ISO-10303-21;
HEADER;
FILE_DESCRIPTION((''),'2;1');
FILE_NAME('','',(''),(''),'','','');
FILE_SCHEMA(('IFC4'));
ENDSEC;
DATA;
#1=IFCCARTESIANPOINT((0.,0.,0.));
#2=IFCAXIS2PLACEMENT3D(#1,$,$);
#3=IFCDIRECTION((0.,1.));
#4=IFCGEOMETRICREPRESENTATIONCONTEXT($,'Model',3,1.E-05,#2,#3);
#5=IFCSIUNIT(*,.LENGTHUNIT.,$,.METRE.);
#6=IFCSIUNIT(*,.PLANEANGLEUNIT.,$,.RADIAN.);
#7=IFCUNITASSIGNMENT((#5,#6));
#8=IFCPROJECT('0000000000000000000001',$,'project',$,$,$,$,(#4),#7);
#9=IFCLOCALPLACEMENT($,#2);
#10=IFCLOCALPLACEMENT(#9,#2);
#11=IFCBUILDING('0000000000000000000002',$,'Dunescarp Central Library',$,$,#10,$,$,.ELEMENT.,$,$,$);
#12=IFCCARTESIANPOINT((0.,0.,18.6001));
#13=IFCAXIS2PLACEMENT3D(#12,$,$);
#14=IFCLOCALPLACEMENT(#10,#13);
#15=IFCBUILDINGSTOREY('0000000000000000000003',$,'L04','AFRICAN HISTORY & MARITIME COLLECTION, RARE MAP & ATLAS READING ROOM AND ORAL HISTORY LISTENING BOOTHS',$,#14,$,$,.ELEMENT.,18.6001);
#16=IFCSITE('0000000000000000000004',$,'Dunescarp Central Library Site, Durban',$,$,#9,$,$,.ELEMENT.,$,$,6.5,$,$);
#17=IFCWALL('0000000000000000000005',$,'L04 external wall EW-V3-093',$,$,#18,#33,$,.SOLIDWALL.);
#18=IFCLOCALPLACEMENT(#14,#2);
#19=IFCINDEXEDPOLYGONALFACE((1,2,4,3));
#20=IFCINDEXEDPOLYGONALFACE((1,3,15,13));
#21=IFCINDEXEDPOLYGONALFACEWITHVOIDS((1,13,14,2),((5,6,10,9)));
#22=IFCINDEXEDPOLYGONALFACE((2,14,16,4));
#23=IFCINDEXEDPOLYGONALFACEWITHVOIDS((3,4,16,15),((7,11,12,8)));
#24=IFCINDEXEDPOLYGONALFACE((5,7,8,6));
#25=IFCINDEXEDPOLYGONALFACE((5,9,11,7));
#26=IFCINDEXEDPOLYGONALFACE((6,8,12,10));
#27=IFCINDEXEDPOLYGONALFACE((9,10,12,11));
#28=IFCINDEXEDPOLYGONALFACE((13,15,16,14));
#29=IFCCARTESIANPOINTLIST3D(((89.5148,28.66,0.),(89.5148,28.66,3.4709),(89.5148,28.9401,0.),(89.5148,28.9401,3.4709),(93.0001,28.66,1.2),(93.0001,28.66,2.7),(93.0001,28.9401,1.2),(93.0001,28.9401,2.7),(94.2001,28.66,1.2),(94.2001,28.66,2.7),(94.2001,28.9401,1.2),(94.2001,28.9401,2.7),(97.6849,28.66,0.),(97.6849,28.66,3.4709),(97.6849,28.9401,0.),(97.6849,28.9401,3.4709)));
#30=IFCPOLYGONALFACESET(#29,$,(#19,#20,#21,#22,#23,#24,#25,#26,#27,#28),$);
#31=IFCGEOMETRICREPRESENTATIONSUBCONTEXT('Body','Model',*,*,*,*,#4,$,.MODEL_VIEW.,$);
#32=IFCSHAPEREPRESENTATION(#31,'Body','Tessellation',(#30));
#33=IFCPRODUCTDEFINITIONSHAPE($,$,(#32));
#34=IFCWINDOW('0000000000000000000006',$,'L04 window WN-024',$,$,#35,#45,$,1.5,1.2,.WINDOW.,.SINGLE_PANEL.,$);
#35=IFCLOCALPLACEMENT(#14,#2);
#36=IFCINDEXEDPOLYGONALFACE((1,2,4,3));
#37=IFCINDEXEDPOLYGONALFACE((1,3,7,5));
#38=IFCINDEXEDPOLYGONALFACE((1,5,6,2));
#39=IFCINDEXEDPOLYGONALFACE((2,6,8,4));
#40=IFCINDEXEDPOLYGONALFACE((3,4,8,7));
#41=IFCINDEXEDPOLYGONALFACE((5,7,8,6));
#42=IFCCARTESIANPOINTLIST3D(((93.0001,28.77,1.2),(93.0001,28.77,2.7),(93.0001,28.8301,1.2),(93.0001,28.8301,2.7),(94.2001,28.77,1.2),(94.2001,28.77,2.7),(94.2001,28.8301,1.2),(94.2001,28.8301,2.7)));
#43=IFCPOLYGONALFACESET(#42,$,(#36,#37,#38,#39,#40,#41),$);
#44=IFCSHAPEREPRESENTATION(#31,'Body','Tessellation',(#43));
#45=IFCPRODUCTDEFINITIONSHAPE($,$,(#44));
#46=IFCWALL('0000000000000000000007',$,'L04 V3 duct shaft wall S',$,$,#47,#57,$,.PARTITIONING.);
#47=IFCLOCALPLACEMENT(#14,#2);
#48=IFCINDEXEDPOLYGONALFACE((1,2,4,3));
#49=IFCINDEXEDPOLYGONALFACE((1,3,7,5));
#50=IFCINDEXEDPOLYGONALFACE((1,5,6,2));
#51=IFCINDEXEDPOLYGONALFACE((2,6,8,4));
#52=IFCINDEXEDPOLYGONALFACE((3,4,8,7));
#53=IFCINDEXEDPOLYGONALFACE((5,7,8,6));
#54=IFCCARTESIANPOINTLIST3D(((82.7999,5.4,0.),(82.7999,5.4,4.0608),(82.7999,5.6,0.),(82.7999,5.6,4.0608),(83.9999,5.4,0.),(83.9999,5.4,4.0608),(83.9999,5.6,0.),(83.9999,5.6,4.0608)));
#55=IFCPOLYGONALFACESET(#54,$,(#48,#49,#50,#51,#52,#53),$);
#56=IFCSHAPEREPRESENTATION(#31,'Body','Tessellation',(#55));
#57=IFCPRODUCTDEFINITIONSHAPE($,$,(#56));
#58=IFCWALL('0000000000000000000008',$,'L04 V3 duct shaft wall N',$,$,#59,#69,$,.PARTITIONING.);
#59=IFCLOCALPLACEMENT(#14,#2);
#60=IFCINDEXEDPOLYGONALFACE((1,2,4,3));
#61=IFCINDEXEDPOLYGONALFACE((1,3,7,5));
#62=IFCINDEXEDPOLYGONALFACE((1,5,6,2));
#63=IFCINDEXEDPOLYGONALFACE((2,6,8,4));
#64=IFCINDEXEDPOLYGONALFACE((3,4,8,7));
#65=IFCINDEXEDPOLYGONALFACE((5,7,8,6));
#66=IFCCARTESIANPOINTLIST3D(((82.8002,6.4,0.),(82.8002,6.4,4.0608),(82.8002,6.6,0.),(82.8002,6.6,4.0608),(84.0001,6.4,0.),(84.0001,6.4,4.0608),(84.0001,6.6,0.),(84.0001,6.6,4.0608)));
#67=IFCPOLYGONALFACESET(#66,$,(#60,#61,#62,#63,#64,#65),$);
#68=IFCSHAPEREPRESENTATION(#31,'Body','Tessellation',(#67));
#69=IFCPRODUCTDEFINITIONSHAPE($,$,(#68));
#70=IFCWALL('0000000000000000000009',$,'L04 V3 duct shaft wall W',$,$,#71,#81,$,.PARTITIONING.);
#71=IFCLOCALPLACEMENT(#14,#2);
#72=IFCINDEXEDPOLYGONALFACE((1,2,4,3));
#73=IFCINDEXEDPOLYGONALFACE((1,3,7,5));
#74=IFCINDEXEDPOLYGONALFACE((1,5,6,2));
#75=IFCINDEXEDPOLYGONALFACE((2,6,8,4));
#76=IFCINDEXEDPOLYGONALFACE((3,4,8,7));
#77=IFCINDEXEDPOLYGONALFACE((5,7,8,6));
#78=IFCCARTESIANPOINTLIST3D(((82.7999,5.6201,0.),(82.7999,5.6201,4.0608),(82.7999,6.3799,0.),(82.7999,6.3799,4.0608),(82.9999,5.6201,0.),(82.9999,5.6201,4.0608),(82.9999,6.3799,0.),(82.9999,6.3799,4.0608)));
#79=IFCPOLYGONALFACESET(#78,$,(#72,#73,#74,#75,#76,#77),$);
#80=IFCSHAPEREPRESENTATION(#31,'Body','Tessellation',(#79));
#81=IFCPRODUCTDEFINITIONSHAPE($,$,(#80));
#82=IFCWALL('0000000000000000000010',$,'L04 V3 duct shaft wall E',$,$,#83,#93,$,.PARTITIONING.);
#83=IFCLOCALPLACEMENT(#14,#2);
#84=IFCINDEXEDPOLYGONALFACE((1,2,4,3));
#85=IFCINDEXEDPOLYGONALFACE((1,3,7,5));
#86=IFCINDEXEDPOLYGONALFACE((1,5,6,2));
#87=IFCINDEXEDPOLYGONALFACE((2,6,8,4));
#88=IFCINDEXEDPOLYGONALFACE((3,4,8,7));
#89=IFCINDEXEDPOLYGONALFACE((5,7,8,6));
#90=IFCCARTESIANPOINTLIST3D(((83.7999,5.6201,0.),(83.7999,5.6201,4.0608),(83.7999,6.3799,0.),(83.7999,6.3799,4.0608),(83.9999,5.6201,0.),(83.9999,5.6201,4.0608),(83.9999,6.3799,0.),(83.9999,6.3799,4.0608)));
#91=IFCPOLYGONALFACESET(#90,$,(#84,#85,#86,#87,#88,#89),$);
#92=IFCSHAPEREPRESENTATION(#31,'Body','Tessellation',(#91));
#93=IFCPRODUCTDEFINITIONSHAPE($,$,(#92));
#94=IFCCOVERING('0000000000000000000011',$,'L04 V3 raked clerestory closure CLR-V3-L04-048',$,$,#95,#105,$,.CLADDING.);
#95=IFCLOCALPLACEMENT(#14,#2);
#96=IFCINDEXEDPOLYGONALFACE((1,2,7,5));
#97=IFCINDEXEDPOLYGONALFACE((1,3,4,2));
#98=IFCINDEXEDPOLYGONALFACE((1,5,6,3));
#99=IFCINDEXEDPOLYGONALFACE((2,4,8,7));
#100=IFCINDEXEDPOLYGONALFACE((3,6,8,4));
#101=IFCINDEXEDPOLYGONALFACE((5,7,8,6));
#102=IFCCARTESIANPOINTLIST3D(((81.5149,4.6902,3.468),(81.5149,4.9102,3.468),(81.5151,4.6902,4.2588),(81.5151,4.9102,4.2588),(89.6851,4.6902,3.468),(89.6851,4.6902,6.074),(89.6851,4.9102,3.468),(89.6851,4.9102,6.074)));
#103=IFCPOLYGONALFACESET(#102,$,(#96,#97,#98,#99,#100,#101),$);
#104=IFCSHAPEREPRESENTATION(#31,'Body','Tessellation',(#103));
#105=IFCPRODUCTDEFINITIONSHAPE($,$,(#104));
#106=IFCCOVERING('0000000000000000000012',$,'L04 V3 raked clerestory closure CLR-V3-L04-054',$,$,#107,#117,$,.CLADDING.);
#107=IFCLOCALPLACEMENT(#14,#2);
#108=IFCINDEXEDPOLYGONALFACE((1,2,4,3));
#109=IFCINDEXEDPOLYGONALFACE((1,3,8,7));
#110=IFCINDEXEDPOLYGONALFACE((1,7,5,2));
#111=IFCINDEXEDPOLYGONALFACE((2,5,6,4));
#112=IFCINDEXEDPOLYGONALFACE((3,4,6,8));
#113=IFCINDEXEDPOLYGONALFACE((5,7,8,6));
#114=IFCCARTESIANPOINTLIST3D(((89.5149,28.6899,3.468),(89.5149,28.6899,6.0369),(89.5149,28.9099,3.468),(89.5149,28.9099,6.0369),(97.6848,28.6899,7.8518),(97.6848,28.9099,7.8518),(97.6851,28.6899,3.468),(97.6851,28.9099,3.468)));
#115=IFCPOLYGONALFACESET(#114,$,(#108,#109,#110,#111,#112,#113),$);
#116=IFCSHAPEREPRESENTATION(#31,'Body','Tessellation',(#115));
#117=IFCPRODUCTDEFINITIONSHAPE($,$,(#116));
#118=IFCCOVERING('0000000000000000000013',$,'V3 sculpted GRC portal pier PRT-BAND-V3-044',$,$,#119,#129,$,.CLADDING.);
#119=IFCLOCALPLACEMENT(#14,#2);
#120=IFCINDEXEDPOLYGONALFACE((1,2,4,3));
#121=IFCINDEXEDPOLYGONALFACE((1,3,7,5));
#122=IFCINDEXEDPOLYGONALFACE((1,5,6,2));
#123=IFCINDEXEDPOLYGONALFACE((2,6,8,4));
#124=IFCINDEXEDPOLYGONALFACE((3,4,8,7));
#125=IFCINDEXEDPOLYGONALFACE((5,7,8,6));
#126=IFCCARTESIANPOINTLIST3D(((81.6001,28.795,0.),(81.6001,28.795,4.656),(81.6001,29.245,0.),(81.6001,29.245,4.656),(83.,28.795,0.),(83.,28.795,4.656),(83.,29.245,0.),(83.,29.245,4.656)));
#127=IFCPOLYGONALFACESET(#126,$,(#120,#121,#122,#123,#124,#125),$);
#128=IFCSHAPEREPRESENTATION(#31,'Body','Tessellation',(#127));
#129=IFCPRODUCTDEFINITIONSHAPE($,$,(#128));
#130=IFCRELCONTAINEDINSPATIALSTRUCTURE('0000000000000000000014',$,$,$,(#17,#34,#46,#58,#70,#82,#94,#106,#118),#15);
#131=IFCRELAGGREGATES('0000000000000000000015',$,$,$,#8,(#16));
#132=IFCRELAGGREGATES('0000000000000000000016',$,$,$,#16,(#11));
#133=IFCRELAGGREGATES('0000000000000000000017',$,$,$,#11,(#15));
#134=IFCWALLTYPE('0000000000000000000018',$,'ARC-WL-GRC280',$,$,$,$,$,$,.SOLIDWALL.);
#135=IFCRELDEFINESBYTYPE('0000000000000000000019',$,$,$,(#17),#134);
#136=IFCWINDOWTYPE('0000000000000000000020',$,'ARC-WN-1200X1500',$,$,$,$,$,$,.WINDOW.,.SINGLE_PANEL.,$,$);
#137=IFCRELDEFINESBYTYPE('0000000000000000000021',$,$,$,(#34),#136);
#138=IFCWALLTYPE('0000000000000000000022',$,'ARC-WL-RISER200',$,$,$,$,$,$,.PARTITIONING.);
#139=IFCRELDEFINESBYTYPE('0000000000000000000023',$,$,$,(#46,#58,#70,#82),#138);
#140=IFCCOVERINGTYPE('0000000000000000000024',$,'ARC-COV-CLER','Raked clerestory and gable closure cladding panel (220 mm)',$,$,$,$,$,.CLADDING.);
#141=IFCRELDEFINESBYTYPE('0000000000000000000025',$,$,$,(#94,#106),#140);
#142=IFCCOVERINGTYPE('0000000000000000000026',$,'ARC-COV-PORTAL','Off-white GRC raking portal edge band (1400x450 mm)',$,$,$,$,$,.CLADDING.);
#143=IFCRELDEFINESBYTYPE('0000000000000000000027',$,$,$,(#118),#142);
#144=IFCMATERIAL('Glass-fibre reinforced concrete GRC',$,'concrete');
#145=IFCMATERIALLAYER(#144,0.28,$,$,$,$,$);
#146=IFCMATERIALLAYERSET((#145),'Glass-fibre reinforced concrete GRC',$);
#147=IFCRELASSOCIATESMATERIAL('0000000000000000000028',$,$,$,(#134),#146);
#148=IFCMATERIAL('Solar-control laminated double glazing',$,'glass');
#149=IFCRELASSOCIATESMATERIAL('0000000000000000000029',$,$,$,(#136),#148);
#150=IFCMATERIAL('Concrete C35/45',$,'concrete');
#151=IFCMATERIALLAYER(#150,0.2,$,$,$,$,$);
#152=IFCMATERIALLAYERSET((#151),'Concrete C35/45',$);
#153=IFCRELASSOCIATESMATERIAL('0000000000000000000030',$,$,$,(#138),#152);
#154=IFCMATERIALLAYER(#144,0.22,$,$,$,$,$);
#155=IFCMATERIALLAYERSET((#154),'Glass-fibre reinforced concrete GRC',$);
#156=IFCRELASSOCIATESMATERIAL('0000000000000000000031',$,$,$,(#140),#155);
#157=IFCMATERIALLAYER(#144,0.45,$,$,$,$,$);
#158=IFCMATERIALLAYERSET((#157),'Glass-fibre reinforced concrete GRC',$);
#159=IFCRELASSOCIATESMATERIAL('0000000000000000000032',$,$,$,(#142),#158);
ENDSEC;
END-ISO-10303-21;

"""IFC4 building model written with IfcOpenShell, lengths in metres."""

from ifc_helpers import new_model, si_unit, direction, frame, frame_2d, origin, origin_2d, place, context, subcontext, project, spatial, polyline, rectangle, outline, extrude, material, layer, layer_set, type_object, element, fill, save


model = new_model("IFC4")

# Units and contexts
model_context = context("Model", 3, precision=1e-05, world=origin(), true_north=direction((0.0, 1.0)))
body_context = subcontext(model_context, "Body", "Model", "MODEL_VIEW")
ifc_project = project(units=[si_unit("LENGTHUNIT", "METRE"), si_unit("PLANEANGLEUNIT", "RADIAN")], contexts=[model_context])

# Site, building, storey
site_placement = place(None, origin())
site = spatial("IfcSite", under=ifc_project, at=site_placement, Name="Dunescarp Central Library Site, Durban", CompositionType="ELEMENT", RefElevation=6.5)
building_placement = place(site_placement, origin())
building = spatial("IfcBuilding", under=site, at=building_placement, Name="Dunescarp Central Library", CompositionType="ELEMENT")
storey_placement = place(building_placement, frame((0.0, 0.0, 18.6001)))
storey = spatial("IfcBuildingStorey", under=building, at=storey_placement, Name="L04", Description="AFRICAN HISTORY & MARITIME COLLECTION, RARE MAP & ATLAS READING ROOM AND ORAL HISTORY LISTENING BOOTHS", CompositionType="ELEMENT", Elevation=18.6001)

# Wall, opening, window
ifc_material_1 = material(Name="Glass-fibre reinforced concrete GRC", Category="concrete")
ifc_layer_1 = layer(ifc_material_1, 0.28)
ifc_layer_set_1 = layer_set([ifc_layer_1], Name="Glass-fibre reinforced concrete GRC")
wall_type_1 = type_object("IfcWallType", Name="ARC-WL-GRC280", PredefinedType="SOLIDWALL", material=ifc_layer_set_1)
ifc_material_2 = material(Name="Solar-control laminated double glazing", Category="glass")
wall_1_placement = place(storey_placement, frame((89.5149, 28.8, 0.0), z_axis=(0.0, 0.0, 1.0), x_axis=(1.0, 0.0, 0.0)))
wall_1 = element("IfcWall", 1, at=wall_1_placement, inside=storey, type_object=wall_type_1, Name="L04 external wall EW-V3-093", PredefinedType="SOLIDWALL", context=body_context, shape_type="SweptSolid", body=[
    extrude(rectangle(XDim=8.1702, YDim=0.28, at=frame_2d((4.085, 0.0))), origin(), (0.0, 0.0, 1.0), 3.4709),
])
opening_1_placement = place(wall_1_placement, frame((3.4851, 0.0, 1.2)))
opening_1 = element("IfcOpeningElement", 2, at=opening_1_placement, cuts=wall_1, PredefinedType="OPENING", context=body_context, shape_type="SweptSolid", body=[
    extrude(rectangle(XDim=1.2, YDim=1.5, at=frame_2d((0.6001, 0.75))), frame((0.0, 0.1499, 0.0), z_axis=(0.0, -1.0, 0.0), x_axis=(1.0, 0.0, 0.0)), (0.0, 0.0, 1.0), 0.3),
])
window_type_1 = type_object("IfcWindowType", Name="ARC-WN-1200X1500", PartitioningType="SINGLE_PANEL", PredefinedType="WINDOW", material=ifc_material_2)
window_1_placement = place(opening_1_placement, origin())
window_1 = element("IfcWindow", 3, at=window_1_placement, inside=storey, type_object=window_type_1, Name="L04 window WN-024", OverallHeight=1.5, OverallWidth=1.2, PartitioningType="SINGLE_PANEL", PredefinedType="WINDOW", context=body_context, shape_type="SweptSolid", body=[
    extrude(rectangle(XDim=1.2, YDim=1.5, at=frame_2d((0.6001, 0.75))), frame((0.0, 0.03, 0.0), z_axis=(0.0, -1.0, 0.0), x_axis=(1.0, 0.0, 0.0)), (0.0, 0.0, 1.0), 0.0601),
])
fill(opening_1, window_1)

# Walls
ifc_material_3 = material(Name="Concrete C35/45", Category="concrete")
ifc_layer_2 = layer(ifc_material_3, 0.2)
ifc_layer_set_2 = layer_set([ifc_layer_2], Name="Concrete C35/45")
wall_type_2 = type_object("IfcWallType", Name="ARC-WL-RISER200", PredefinedType="PARTITIONING", material=ifc_layer_set_2)
for number, where, z_axis, x_axis, name in (
    (4, (84.0, 5.5, 0.0), (0.0, 0.0, 1.0), (-1.0, 0.0, 0.0), "L04 V3 duct shaft wall S"),
    (5, (82.8, 6.5, 0.0), (0.0, 0.0, 1.0), (1.0, 0.0, 0.0), "L04 V3 duct shaft wall N"),
):
    element("IfcWall", number, at=place(storey_placement, frame(where, z_axis=z_axis, x_axis=x_axis)), inside=storey, type_object=wall_type_2, Name=name, PredefinedType="PARTITIONING", context=body_context, shape_type="SweptSolid", body=[
        extrude(rectangle(XDim=1.2, YDim=0.2, at=frame_2d((0.6001, 0.0))), origin(), (0.0, 0.0, 1.0), 4.0608),
    ])
for number, where, z_axis, x_axis, name in (
    (6, (82.8999, 5.6201, 0.0), (0.0, 0.0, 1.0), (0.0, 1.0, 0.0), "L04 V3 duct shaft wall W"),
    (7, (83.8999, 6.3799, 0.0), (0.0, 0.0, 1.0), (0.0, -1.0, 0.0), "L04 V3 duct shaft wall E"),
):
    element("IfcWall", number, at=place(storey_placement, frame(where, z_axis=z_axis, x_axis=x_axis)), inside=storey, type_object=wall_type_2, Name=name, PredefinedType="PARTITIONING", context=body_context, shape_type="SweptSolid", body=[
        extrude(rectangle(XDim=0.7598, YDim=0.2, at=frame_2d((0.3799, 0.0))), origin(), (0.0, 0.0, 1.0), 4.0608),
    ])

# Coverings
ifc_layer_3 = layer(ifc_material_1, 0.22)
ifc_layer_set_3 = layer_set([ifc_layer_3], Name="Glass-fibre reinforced concrete GRC")
covering_type_1 = type_object("IfcCoveringType", Name="ARC-COV-CLER", Description="Raked clerestory and gable closure cladding panel (220 mm)", PredefinedType="CLADDING", material=ifc_layer_set_3)
covering_1_placement = place(storey_placement, frame((89.6851, 4.8, 3.468), z_axis=(0.0, 0.0, 1.0), x_axis=(-1.0, 0.0, 0.0)))
element("IfcCovering", 8, at=covering_1_placement, inside=storey, type_object=covering_type_1, Name="L04 V3 raked clerestory closure CLR-V3-L04-048", PredefinedType="CLADDING", context=body_context, shape_type="SweptSolid", body=[
    extrude(outline(polyline([(0.0, 0.0), (8.1702, 0.0), (8.1699, 0.7908), (0.0, 2.606), (0.0, 0.0)])), frame((0.0, 0.1099, 0.0), z_axis=(0.0, -1.0, 0.0), x_axis=(1.0, 0.0, 0.0)), (0.0, 0.0, 1.0), 0.22),
])
covering_2_placement = place(storey_placement, frame((89.5149, 28.8, 3.468), z_axis=(0.0, 0.0, 1.0), x_axis=(1.0, 0.0, 0.0)))
element("IfcCovering", 9, at=covering_2_placement, inside=storey, type_object=covering_type_1, Name="L04 V3 raked clerestory closure CLR-V3-L04-054", PredefinedType="CLADDING", context=body_context, shape_type="SweptSolid", body=[
    extrude(outline(polyline([(0.0, 0.0), (8.1702, 0.0), (8.1699, 4.3838), (0.0, 2.5688), (0.0, 0.0)])), frame((0.0, 0.1099, 0.0), z_axis=(0.0, -1.0, 0.0), x_axis=(1.0, 0.0, 0.0)), (0.0, 0.0, 1.0), 0.22),
])
ifc_layer_4 = layer(ifc_material_1, 0.45)
ifc_layer_set_4 = layer_set([ifc_layer_4], Name="Glass-fibre reinforced concrete GRC")
covering_type_2 = type_object("IfcCoveringType", Name="ARC-COV-PORTAL", Description="Off-white GRC raking portal edge band (1400x450 mm)", PredefinedType="CLADDING", material=ifc_layer_set_4)
covering_3_placement = place(storey_placement, frame((82.3, 29.02, 0.0), z_axis=(0.0, 0.0, 1.0), x_axis=(1.0, 0.0, 0.0)))
element("IfcCovering", 10, at=covering_3_placement, inside=storey, type_object=covering_type_2, Name="V3 sculpted GRC portal pier PRT-BAND-V3-044", PredefinedType="CLADDING", context=body_context, shape_type="SweptSolid", body=[
    extrude(rectangle(XDim=1.3999, YDim=0.45, at=origin_2d()), origin(), (0.0, 0.0, 1.0), 4.656),
])

save(model, "model.ifc")
